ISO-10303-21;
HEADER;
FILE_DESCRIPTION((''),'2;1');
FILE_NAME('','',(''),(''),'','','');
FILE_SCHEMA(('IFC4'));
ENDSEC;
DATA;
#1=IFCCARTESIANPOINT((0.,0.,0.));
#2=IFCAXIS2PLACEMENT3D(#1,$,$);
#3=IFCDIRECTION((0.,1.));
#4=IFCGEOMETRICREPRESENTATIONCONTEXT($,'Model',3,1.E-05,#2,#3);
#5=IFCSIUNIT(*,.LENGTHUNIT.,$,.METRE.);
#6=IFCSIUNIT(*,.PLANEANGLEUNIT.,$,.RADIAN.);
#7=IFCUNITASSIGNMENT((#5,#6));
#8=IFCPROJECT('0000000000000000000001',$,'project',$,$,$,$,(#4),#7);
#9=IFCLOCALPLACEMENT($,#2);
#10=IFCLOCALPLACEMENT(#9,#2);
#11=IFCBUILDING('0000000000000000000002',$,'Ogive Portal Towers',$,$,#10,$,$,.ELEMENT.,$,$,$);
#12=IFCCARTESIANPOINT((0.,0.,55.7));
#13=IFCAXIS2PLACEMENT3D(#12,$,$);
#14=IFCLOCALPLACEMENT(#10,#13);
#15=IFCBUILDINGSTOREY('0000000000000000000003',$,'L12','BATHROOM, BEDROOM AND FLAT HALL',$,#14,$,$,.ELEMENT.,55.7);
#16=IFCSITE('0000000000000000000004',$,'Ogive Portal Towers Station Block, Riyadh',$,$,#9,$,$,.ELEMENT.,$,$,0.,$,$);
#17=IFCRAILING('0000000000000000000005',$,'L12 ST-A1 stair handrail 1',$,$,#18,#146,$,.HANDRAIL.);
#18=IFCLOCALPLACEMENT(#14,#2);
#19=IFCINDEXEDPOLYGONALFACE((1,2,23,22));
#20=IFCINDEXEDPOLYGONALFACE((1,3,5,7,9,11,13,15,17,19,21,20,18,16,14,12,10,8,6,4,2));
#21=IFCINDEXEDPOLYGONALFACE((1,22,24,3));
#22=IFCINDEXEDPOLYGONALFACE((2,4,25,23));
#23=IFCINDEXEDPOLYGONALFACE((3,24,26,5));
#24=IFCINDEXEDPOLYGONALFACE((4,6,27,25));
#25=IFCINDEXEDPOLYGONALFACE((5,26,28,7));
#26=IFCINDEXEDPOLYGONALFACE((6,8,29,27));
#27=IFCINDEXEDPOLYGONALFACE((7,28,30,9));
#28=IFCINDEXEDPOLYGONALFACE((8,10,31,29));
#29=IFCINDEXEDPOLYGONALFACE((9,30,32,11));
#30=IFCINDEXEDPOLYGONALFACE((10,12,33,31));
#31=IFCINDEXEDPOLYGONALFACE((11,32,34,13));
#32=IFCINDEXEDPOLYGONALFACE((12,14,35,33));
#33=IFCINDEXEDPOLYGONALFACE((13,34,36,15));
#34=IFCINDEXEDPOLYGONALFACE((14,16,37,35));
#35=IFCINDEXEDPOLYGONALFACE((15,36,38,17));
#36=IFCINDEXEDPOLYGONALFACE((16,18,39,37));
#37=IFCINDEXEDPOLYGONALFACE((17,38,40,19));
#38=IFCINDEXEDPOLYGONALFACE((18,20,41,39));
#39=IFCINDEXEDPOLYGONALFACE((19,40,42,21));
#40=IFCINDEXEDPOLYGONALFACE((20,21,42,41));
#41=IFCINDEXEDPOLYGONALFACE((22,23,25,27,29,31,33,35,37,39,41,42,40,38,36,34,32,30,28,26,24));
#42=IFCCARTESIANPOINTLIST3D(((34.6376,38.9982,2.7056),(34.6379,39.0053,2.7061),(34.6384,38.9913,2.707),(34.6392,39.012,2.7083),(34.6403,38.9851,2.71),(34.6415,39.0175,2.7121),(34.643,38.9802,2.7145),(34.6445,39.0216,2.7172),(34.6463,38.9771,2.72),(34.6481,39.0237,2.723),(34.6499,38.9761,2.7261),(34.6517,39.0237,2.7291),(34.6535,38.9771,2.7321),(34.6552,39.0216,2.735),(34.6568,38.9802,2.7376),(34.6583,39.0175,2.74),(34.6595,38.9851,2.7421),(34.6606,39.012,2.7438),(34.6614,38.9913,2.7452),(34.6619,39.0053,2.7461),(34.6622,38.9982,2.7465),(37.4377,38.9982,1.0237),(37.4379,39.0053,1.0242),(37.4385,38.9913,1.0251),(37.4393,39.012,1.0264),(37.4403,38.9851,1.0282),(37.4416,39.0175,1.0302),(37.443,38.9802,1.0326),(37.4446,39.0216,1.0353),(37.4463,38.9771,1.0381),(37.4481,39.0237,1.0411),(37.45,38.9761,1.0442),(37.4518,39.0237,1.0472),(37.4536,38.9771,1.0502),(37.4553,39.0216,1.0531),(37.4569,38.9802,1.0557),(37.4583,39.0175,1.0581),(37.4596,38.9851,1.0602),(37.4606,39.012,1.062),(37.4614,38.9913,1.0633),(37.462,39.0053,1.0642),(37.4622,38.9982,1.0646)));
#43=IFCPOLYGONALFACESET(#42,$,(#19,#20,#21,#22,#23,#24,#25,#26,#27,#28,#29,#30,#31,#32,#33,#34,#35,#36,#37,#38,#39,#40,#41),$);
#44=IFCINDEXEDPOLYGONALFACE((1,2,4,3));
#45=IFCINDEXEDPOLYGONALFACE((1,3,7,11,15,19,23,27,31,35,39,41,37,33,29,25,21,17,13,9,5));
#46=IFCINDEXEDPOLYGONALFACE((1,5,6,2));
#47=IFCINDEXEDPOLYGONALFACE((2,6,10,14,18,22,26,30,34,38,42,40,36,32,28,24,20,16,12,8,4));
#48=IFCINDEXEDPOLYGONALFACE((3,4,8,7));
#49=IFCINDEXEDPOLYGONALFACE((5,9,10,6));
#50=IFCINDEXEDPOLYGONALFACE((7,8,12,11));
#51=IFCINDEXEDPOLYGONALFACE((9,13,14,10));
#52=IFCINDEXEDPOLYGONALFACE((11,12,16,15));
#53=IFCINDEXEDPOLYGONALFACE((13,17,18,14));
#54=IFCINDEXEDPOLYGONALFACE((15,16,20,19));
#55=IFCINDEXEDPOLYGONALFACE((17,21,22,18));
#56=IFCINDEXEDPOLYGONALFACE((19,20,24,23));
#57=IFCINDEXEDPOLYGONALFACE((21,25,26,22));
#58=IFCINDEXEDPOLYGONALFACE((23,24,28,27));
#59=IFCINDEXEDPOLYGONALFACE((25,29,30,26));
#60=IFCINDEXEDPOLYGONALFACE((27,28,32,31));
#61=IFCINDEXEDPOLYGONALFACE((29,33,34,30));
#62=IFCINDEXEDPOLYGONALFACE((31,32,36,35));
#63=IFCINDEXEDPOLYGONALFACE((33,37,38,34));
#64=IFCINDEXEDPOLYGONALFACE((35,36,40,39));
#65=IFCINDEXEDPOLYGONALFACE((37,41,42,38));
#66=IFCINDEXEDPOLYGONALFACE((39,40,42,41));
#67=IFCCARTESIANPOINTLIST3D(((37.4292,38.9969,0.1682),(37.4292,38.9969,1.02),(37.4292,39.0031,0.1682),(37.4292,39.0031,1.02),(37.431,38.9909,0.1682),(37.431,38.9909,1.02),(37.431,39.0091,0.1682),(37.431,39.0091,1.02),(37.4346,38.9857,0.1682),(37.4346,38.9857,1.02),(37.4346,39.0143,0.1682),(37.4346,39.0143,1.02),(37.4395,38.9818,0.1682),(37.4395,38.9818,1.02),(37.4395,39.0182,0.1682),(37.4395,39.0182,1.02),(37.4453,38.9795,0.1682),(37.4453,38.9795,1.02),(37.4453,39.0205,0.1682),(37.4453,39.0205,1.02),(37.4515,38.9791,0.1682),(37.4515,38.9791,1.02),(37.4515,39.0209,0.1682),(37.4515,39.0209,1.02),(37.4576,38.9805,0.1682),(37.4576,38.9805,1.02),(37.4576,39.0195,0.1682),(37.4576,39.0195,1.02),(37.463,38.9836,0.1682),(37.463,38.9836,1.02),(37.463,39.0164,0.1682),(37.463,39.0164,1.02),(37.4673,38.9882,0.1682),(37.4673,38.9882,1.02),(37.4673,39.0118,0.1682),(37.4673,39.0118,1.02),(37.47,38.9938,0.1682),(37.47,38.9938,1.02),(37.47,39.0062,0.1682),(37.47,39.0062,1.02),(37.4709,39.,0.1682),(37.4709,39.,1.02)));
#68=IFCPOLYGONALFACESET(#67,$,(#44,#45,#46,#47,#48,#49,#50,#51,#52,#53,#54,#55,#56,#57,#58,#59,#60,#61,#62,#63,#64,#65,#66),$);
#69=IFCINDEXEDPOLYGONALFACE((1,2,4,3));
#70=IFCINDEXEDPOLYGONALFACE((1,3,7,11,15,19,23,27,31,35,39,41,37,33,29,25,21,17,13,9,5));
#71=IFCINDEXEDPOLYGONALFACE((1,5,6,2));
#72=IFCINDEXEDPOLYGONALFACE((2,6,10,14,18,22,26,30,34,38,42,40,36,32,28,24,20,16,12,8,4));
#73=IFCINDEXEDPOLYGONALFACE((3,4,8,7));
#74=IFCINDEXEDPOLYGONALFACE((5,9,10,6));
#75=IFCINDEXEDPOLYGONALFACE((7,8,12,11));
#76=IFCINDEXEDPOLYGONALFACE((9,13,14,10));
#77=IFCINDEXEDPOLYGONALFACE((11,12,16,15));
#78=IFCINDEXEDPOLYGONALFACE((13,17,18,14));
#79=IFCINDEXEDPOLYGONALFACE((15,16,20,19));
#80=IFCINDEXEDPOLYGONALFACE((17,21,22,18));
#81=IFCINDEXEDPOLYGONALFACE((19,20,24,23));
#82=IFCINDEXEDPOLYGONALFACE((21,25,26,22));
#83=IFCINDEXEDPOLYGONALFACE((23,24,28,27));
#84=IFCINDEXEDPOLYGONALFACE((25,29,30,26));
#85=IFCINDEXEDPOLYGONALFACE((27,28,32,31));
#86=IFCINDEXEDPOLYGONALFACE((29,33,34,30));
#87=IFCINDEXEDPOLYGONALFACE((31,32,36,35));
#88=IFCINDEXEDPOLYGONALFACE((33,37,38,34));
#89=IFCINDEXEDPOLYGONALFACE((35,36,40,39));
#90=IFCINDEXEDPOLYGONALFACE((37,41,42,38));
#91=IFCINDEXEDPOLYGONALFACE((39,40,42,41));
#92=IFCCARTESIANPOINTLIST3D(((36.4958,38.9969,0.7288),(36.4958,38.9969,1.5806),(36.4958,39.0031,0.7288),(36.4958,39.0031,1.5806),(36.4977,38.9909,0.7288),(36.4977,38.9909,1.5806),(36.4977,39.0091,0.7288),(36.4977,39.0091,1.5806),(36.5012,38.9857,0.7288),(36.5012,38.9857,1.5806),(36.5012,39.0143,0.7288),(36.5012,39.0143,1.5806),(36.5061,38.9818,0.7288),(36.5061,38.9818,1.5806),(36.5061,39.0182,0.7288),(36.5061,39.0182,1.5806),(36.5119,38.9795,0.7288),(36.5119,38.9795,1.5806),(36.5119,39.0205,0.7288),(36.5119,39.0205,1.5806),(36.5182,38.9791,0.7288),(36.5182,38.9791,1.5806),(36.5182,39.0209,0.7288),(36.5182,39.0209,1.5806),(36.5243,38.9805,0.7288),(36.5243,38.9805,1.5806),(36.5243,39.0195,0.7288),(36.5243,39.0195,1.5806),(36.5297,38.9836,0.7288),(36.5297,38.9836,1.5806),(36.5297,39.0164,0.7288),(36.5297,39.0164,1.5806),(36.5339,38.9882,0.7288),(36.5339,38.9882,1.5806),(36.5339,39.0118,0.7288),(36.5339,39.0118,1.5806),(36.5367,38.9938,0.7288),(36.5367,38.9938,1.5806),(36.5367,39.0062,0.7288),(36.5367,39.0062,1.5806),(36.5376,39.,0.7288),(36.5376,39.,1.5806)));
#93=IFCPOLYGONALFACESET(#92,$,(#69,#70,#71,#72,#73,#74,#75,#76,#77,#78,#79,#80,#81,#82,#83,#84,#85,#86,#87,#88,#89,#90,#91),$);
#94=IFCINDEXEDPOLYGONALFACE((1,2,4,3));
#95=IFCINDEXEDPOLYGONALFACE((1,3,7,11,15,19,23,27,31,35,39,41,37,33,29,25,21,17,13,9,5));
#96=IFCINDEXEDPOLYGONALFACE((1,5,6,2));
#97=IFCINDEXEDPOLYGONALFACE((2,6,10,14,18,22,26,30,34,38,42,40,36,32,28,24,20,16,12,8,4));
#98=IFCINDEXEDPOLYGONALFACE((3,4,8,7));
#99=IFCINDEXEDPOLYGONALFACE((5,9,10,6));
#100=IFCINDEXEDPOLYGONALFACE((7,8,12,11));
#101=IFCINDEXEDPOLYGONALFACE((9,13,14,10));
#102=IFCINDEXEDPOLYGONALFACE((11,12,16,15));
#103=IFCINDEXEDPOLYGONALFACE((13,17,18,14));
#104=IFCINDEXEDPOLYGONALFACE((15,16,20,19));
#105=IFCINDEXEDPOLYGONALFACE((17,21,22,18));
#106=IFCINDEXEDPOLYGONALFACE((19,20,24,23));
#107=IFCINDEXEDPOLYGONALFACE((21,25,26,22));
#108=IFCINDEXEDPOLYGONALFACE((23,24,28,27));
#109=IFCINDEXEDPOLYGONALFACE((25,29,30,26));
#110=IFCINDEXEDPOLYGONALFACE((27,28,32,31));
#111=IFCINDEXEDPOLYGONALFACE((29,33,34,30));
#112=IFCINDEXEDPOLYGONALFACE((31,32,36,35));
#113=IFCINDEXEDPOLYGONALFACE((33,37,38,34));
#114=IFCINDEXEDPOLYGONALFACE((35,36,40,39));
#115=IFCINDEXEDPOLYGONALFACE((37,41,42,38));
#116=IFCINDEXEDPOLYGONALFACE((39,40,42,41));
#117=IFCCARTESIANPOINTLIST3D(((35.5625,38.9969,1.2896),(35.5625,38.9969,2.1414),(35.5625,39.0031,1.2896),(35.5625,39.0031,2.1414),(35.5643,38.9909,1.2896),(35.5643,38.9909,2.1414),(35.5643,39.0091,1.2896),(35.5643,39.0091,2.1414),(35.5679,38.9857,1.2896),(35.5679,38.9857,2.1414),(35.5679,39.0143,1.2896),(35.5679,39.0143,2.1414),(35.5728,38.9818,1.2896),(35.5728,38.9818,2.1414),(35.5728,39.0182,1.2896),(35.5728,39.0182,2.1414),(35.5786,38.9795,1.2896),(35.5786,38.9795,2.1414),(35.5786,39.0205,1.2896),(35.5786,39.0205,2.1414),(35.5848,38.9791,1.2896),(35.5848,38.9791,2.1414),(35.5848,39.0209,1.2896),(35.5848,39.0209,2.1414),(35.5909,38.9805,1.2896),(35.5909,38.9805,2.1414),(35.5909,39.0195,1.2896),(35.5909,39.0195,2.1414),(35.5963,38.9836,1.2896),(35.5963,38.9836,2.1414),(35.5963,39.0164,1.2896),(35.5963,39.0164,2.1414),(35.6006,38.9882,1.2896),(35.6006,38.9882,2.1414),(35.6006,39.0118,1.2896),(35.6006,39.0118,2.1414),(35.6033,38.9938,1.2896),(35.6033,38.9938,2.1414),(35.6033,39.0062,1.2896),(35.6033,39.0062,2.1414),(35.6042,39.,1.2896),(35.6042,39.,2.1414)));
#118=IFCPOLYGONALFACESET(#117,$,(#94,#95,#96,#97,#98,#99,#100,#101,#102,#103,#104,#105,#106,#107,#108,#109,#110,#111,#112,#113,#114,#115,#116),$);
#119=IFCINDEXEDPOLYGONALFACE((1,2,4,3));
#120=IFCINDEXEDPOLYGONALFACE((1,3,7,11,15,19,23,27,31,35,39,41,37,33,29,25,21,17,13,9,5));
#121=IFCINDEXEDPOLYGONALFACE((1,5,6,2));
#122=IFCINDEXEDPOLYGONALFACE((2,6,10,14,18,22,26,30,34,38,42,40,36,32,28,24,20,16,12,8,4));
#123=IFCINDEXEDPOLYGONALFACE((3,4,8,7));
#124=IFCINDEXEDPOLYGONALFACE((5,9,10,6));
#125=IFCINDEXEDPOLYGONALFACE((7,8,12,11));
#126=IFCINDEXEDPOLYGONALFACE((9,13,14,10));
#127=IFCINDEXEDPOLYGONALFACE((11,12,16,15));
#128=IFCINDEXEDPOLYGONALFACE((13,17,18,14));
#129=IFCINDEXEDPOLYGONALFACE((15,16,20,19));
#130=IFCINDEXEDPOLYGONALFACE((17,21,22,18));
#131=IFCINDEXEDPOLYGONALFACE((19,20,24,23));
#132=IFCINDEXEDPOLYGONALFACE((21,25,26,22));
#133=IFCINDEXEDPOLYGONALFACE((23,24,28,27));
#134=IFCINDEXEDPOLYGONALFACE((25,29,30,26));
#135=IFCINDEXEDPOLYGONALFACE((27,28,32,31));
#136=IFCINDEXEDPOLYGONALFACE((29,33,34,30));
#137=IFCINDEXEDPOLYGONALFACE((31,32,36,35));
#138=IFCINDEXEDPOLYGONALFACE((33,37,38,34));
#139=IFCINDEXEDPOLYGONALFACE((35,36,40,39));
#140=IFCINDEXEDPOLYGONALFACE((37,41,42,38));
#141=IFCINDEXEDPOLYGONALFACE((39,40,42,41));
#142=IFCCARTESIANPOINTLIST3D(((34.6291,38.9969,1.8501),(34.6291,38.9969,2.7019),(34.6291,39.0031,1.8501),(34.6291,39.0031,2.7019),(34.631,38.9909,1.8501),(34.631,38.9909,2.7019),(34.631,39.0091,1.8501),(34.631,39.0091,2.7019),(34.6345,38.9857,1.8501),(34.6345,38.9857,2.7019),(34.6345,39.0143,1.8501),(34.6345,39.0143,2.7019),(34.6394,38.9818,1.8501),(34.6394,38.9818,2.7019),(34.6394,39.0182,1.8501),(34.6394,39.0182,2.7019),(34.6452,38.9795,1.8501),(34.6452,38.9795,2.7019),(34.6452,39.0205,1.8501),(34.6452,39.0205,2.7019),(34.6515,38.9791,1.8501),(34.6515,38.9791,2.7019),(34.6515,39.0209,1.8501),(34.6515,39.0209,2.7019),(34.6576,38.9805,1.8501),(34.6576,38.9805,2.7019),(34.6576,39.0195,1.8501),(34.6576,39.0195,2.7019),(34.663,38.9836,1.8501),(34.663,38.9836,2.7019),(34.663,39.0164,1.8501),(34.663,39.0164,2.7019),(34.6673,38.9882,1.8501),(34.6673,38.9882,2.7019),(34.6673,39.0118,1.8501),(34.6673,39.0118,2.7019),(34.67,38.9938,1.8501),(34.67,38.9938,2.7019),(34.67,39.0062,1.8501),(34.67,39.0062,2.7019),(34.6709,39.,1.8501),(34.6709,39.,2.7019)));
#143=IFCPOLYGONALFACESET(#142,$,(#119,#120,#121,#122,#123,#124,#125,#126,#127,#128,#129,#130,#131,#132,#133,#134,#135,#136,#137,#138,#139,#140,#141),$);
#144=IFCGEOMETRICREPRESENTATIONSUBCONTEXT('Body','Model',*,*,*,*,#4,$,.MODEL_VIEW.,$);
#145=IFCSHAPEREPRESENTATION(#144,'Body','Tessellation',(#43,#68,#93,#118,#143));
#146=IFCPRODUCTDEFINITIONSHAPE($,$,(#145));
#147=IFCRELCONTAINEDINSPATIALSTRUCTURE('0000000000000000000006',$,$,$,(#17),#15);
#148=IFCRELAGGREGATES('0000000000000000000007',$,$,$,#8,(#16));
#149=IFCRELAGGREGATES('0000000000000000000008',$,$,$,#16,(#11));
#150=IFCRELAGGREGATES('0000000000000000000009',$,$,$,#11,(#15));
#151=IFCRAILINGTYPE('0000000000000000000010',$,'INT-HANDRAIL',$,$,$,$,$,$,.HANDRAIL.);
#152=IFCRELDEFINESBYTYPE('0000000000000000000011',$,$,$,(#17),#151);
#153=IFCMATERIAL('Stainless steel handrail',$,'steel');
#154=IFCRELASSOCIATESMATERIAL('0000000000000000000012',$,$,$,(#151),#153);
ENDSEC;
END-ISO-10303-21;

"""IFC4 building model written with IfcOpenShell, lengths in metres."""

from ifc_helpers import new_model, si_unit, direction, frame, origin, origin_2d, place, context, subcontext, project, spatial, circle, extrude, material, type_object, element, save


model = new_model("IFC4")

# Units and contexts
model_context = context("Model", 3, precision=1e-05, world=origin(), true_north=direction((0.0, 1.0)))
body_context = subcontext(model_context, "Body", "Model", "MODEL_VIEW")
ifc_project = project(units=[si_unit("LENGTHUNIT", "METRE"), si_unit("PLANEANGLEUNIT", "RADIAN")], contexts=[model_context])

# Site, building, storey
site_placement = place(None, origin())
site = spatial("IfcSite", under=ifc_project, at=site_placement, Name="Ogive Portal Towers Station Block, Riyadh", CompositionType="ELEMENT", RefElevation=0.0)
building_placement = place(site_placement, origin())
building = spatial("IfcBuilding", under=site, at=building_placement, Name="Ogive Portal Towers", CompositionType="ELEMENT")
storey_placement = place(building_placement, frame((0.0, 0.0, 55.7)))
storey = spatial("IfcBuildingStorey", under=building, at=storey_placement, Name="L12", Description="BATHROOM, BEDROOM AND FLAT HALL", CompositionType="ELEMENT", Elevation=55.7)

# Railing
ifc_material_1 = material(Name="Stainless steel handrail", Category="steel")
railing_type_1 = type_object("IfcRailingType", Name="INT-HANDRAIL", PredefinedType="HANDRAIL", material=ifc_material_1)
railing_1_placement = place(storey_placement, frame((37.45, 39.0, 0.1682)))
element("IfcRailing", 1, at=railing_1_placement, inside=storey, type_object=railing_type_1, Name="L12 ST-A1 stair handrail 1", PredefinedType="HANDRAIL", context=body_context, shape_type="SweptSolid", body=[
    extrude(circle(Radius=0.0239, at=origin_2d()), frame((0.0, 0.0, 0.876), z_axis=(-0.857242, 0.0, 0.514913), x_axis=(0.0, -1.0, 0.0)), (0.0, 0.0, 1.0), 3.2664),
    extrude(circle(Radius=0.021, at=origin_2d()), origin(), (0.0, 0.0, 1.0), 0.8518),
    extrude(circle(Radius=0.021, at=origin_2d()), frame((-0.9333, 0.0, 0.5605)), (0.0, 0.0, 1.0), 0.8518),
    extrude(circle(Radius=0.021, at=origin_2d()), frame((-1.8667, 0.0, 1.1213)), (0.0, 0.0, 1.0), 0.8518),
    extrude(circle(Radius=0.021, at=origin_2d()), frame((-2.8, 0.0, 1.6819)), (0.0, 0.0, 1.0), 0.8518),
])

save(model, "model.ifc")
